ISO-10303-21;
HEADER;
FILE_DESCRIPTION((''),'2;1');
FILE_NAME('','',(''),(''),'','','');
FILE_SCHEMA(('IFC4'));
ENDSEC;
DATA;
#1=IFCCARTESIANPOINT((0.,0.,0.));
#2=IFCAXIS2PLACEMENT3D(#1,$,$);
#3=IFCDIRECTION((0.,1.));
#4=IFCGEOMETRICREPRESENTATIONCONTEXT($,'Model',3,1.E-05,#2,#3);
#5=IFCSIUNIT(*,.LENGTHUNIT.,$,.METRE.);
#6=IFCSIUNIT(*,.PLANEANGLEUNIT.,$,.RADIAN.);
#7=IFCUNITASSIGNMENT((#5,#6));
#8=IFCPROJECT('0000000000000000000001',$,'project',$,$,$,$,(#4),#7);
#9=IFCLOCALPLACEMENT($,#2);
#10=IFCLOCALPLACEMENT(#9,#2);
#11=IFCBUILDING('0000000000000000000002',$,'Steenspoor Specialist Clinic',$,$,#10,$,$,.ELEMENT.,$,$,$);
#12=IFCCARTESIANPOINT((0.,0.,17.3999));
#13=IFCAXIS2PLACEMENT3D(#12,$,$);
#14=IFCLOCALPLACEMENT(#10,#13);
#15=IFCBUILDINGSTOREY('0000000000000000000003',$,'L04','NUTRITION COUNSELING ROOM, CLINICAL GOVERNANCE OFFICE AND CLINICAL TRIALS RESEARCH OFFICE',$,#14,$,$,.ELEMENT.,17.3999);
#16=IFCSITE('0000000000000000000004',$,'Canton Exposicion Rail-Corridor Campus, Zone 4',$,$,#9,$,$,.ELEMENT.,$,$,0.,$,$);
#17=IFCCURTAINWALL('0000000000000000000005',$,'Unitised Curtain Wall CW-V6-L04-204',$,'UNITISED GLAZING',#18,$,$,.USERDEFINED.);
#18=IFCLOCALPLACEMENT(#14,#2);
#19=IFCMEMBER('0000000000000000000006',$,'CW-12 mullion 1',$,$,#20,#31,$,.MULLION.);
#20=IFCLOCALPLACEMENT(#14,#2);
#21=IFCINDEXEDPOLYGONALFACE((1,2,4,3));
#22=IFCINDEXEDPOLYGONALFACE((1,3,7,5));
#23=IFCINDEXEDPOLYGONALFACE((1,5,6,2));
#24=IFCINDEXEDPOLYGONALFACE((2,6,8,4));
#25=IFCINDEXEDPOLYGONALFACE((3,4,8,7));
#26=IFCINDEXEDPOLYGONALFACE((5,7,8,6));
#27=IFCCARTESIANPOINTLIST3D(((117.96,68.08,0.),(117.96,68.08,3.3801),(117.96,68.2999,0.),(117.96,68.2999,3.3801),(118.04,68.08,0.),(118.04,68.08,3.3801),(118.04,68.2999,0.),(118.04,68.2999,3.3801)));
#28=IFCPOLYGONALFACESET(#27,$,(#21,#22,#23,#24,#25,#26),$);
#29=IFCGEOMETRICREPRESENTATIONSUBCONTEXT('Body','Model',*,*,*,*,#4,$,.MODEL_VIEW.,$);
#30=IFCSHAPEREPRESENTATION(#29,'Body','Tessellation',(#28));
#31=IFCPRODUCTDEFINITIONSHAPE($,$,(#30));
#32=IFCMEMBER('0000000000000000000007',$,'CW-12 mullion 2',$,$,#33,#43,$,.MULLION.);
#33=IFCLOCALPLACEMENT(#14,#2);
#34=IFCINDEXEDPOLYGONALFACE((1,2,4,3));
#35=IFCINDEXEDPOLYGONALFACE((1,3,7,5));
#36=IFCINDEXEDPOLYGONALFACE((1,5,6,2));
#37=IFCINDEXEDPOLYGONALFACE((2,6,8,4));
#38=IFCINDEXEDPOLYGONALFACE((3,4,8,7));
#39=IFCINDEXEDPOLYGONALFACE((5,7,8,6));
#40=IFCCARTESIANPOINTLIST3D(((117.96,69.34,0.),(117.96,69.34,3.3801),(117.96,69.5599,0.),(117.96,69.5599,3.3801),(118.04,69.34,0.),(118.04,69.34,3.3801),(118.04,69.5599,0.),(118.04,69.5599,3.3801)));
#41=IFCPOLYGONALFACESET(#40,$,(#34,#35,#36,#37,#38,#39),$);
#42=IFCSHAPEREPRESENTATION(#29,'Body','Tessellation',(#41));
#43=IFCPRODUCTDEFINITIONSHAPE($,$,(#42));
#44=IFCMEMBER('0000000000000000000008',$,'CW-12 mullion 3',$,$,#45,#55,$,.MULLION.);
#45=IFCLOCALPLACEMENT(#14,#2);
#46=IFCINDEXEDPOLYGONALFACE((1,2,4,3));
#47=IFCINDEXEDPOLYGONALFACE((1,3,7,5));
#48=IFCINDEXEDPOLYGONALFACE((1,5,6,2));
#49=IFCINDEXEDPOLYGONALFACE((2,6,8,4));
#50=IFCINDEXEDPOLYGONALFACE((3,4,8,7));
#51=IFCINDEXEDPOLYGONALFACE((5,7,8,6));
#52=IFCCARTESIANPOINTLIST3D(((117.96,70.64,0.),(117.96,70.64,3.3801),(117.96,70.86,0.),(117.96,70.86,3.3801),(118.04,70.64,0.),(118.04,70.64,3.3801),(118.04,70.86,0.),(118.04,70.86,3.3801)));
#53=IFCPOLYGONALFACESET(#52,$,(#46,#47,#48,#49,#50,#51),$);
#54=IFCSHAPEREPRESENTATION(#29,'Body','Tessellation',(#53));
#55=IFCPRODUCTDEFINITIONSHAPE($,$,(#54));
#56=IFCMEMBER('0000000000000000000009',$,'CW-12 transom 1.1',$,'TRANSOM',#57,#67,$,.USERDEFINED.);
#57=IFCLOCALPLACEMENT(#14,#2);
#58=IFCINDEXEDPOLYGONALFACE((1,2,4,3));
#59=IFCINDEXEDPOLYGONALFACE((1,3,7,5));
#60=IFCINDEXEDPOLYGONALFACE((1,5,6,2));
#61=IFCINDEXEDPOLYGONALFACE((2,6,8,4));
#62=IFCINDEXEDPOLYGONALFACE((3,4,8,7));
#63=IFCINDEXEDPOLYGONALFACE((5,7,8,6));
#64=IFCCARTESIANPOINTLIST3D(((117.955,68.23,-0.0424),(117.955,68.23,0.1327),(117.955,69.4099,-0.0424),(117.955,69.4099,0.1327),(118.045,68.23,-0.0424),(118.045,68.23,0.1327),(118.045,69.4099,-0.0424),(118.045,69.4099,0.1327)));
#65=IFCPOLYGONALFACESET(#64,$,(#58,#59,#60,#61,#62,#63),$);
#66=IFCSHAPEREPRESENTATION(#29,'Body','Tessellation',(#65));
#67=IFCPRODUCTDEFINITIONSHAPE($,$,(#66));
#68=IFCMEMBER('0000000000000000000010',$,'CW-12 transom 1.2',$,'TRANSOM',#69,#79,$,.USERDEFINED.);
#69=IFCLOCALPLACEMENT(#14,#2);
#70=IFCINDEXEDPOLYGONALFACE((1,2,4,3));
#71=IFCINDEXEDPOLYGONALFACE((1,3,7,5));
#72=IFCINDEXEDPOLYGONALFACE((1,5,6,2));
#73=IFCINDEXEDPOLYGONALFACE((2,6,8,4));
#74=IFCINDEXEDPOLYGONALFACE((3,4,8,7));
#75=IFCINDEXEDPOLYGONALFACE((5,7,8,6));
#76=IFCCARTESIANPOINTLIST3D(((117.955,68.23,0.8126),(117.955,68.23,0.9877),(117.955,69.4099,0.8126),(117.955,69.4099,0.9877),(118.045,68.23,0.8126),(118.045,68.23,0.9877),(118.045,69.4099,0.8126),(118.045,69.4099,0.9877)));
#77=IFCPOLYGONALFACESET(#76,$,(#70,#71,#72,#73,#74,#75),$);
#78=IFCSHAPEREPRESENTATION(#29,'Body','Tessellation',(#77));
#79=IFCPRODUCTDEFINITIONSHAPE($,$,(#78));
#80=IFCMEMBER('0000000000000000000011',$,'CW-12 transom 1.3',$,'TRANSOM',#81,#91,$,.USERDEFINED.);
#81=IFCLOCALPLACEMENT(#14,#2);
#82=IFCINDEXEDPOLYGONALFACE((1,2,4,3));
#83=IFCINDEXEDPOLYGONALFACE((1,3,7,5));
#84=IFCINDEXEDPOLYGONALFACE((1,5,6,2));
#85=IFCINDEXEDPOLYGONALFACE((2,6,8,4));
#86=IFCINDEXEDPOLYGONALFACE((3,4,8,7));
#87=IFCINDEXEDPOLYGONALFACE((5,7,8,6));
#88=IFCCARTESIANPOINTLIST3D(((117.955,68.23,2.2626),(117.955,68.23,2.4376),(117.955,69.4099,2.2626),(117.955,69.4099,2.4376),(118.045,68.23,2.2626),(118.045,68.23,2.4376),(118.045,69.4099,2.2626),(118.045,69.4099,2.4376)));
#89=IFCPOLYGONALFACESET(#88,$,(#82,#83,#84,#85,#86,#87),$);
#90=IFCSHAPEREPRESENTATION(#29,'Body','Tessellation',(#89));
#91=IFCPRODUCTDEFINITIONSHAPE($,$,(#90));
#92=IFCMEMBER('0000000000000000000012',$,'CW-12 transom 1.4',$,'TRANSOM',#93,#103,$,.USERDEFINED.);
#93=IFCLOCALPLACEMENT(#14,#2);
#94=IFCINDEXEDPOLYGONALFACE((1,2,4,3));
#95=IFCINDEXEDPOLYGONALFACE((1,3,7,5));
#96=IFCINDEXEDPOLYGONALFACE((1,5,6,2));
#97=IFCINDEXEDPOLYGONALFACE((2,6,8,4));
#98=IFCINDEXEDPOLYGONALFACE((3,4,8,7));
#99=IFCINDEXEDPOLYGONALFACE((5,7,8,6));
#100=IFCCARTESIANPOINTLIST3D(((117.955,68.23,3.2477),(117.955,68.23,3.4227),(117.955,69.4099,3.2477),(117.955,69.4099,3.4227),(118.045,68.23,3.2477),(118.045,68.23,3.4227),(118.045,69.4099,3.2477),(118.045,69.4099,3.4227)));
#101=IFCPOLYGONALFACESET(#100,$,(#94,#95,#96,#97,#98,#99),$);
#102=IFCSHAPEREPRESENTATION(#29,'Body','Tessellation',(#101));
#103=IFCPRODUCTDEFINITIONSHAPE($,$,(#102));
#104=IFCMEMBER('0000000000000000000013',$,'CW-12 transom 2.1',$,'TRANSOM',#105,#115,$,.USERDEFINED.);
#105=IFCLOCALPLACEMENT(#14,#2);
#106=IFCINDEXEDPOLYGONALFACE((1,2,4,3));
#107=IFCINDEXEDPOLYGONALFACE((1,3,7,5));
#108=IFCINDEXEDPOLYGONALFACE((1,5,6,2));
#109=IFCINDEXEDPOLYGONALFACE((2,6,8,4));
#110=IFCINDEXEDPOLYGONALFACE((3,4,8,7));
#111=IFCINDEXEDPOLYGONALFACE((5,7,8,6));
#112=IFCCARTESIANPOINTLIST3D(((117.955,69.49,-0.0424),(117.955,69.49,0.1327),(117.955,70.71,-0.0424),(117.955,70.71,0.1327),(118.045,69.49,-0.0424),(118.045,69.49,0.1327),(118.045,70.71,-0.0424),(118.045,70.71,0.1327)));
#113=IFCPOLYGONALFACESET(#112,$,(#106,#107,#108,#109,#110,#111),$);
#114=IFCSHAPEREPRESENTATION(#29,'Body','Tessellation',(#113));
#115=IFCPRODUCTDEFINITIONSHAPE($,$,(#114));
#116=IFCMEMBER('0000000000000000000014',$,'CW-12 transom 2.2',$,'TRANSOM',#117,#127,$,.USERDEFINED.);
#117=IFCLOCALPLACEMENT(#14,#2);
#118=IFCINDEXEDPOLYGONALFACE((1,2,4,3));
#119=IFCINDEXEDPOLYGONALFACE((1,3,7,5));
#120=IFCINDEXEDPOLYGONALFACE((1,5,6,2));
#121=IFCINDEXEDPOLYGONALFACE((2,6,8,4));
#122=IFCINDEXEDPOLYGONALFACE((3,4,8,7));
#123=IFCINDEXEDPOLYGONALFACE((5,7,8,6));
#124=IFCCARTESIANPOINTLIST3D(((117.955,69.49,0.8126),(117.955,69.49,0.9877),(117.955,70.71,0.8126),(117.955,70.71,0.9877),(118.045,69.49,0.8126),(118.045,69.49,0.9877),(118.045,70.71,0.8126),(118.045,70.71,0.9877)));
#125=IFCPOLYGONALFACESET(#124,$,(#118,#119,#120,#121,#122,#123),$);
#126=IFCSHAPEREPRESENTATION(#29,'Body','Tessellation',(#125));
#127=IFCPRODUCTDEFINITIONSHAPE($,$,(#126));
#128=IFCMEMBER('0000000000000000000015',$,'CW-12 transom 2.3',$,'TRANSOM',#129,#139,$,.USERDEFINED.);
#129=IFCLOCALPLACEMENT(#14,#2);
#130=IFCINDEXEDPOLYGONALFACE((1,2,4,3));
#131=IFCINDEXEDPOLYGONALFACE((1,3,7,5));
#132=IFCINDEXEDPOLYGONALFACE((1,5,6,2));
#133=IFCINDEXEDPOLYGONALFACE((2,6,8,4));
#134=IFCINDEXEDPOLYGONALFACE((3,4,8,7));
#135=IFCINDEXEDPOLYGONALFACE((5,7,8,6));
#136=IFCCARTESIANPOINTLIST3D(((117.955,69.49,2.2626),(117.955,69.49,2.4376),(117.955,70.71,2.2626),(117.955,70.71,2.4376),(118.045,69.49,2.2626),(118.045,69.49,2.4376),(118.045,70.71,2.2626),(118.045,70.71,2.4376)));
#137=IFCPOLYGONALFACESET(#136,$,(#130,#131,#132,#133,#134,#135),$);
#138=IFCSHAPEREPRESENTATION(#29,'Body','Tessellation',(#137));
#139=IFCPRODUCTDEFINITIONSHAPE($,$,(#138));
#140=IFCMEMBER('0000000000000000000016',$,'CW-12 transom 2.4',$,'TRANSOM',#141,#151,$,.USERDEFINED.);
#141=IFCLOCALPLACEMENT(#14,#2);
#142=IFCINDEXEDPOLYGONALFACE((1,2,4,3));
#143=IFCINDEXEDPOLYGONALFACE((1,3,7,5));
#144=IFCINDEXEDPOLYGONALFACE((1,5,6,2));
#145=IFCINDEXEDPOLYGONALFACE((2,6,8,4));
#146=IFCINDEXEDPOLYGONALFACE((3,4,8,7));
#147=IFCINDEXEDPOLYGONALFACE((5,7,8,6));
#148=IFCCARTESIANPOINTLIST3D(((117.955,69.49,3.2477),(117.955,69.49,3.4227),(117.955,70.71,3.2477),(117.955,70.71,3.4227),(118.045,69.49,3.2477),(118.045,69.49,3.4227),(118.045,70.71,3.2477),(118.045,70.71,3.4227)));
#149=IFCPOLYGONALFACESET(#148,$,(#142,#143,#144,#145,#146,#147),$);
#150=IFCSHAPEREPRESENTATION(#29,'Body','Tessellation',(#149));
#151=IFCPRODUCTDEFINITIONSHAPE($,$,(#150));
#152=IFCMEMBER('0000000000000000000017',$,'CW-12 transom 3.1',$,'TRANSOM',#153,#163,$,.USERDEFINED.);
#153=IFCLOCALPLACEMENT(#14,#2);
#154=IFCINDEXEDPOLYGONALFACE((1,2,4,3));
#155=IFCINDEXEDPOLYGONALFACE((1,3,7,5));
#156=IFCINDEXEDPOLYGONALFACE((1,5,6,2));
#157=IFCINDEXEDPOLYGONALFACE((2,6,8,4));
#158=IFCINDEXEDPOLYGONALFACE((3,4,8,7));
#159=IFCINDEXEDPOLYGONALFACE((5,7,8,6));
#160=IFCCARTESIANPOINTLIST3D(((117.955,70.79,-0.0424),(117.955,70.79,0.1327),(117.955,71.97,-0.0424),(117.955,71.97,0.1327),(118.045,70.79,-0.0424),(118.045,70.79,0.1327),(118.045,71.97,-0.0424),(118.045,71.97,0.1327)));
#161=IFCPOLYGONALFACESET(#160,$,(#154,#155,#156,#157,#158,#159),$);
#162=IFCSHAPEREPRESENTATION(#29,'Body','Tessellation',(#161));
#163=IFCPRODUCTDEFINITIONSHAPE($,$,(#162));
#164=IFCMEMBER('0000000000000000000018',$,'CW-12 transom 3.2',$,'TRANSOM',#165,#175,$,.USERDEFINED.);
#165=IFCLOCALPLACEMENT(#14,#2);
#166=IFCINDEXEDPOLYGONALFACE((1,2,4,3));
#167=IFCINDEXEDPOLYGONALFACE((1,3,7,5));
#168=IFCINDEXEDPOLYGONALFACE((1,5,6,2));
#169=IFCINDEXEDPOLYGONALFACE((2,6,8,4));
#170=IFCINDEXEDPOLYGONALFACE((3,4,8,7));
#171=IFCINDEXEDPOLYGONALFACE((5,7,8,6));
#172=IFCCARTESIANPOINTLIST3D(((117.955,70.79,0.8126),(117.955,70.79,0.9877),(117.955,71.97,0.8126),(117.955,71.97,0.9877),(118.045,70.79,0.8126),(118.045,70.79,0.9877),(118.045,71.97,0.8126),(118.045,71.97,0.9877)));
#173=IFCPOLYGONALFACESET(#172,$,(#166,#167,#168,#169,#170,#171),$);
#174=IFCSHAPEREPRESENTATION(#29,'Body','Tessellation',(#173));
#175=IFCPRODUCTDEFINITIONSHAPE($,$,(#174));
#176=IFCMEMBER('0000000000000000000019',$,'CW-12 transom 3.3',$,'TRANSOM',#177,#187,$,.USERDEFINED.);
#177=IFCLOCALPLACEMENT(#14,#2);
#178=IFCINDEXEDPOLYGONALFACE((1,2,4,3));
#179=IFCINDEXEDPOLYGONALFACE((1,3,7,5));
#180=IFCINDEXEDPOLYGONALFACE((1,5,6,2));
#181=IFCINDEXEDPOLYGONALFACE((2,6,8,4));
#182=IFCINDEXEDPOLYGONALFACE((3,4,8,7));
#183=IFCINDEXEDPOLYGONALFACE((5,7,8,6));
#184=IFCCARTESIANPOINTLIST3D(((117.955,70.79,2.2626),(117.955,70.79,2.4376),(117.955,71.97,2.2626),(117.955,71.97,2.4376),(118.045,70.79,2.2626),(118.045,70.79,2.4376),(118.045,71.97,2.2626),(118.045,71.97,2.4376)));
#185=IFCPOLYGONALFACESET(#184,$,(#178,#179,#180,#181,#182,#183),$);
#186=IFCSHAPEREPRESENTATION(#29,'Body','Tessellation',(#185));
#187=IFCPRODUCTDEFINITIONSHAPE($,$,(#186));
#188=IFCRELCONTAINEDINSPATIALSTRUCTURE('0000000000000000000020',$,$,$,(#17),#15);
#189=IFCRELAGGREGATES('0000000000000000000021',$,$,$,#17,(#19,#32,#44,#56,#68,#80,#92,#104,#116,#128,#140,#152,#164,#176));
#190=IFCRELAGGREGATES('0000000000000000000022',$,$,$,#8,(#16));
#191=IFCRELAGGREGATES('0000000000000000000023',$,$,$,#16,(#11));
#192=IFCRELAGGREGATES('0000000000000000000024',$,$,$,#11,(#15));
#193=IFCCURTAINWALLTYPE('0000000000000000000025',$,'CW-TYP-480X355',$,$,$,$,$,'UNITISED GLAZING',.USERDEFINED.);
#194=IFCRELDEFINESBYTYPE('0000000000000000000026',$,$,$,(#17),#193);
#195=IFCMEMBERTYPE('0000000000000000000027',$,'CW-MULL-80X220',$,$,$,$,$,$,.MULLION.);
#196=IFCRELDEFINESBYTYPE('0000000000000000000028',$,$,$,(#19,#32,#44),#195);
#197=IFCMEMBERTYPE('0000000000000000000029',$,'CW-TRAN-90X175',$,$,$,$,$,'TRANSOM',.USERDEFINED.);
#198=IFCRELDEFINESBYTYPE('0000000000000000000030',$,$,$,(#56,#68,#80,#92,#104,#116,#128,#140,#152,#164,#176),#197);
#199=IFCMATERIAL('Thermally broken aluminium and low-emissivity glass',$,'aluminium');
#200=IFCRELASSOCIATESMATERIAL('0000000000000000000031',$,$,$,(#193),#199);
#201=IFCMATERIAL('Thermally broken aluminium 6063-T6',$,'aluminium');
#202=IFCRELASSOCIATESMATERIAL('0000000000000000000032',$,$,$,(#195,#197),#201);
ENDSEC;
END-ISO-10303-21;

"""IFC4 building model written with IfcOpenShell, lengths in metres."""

from ifc_helpers import new_model, si_unit, direction, frame, origin, origin_2d, place, context, subcontext, project, spatial, rectangle, extrude, material, material_profile, profile_set, type_object, element, aggregate, save


model = new_model("IFC4")

# Units and contexts
model_context = context("Model", 3, precision=1e-05, world=origin(), true_north=direction((0.0, 1.0)))
body_context = subcontext(model_context, "Body", "Model", "MODEL_VIEW")
ifc_project = project(units=[si_unit("LENGTHUNIT", "METRE"), si_unit("PLANEANGLEUNIT", "RADIAN")], contexts=[model_context])

# Site, building, storey
site_placement = place(None, origin())
site = spatial("IfcSite", under=ifc_project, at=site_placement, Name="Canton Exposicion Rail-Corridor Campus, Zone 4", CompositionType="ELEMENT", RefElevation=0.0)
building_placement = place(site_placement, origin())
building = spatial("IfcBuilding", under=site, at=building_placement, Name="Steenspoor Specialist Clinic", CompositionType="ELEMENT")
storey_placement = place(building_placement, frame((0.0, 0.0, 17.3999)))
storey = spatial("IfcBuildingStorey", under=building, at=storey_placement, Name="L04", Description="NUTRITION COUNSELING ROOM, CLINICAL GOVERNANCE OFFICE AND CLINICAL TRIALS RESEARCH OFFICE", CompositionType="ELEMENT", Elevation=17.3999)

# Curtain wall, members
ifc_material_1 = material(Name="Thermally broken aluminium and low-emissivity glass", Category="aluminium")
curtain_wall_type = type_object("IfcCurtainWallType", Name="CW-TYP-480X355", ElementType="UNITISED GLAZING", PredefinedType="USERDEFINED", material=ifc_material_1)
curtain_wall_placement = place(storey_placement, origin())
curtain_wall = element("IfcCurtainWall", 1, at=curtain_wall_placement, inside=storey, type_object=curtain_wall_type, Name="Unitised Curtain Wall CW-V6-L04-204", ObjectType="UNITISED GLAZING", PredefinedType="USERDEFINED")
ifc_material_2 = material(Name="Thermally broken aluminium 6063-T6", Category="aluminium")
ifc_material_profile_1 = material_profile(ifc_material_2, rectangle(XDim=0.0801, YDim=0.22, at=origin_2d()), Name="CWM-80X220")
ifc_profile_set_1 = profile_set([ifc_material_profile_1], Name="Thermally broken aluminium 6063-T6")
member_type_1 = type_object("IfcMemberType", Name="CW-MULL-80X220", PredefinedType="MULLION", material=ifc_profile_set_1)
member_1_placement = place(storey_placement, frame((118.0, 68.1899, 0.0), z_axis=(0.0, 0.0, 1.0), x_axis=(-1.0, 0.0, 0.0)))
member_1 = element("IfcMember", 2, at=member_1_placement, type_object=member_type_1, Name="CW-12 mullion 1", PredefinedType="MULLION", context=body_context, shape_type="SweptSolid", body=[
    extrude(rectangle(XDim=0.0801, YDim=0.22, at=origin_2d()), origin(), (0.0, 0.0, 1.0), 3.3801),
])
member_2_placement = place(storey_placement, frame((118.0, 69.45, 0.0), z_axis=(0.0, 0.0, 1.0), x_axis=(-1.0, 0.0, 0.0)))
member_2 = element("IfcMember", 3, at=member_2_placement, type_object=member_type_1, Name="CW-12 mullion 2", PredefinedType="MULLION", context=body_context, shape_type="SweptSolid", body=[
    extrude(rectangle(XDim=0.0801, YDim=0.22, at=origin_2d()), origin(), (0.0, 0.0, 1.0), 3.3801),
])
member_3_placement = place(storey_placement, frame((118.0, 70.75, 0.0), z_axis=(0.0, 0.0, 1.0), x_axis=(-1.0, 0.0, 0.0)))
member_3 = element("IfcMember", 4, at=member_3_placement, type_object=member_type_1, Name="CW-12 mullion 3", PredefinedType="MULLION", context=body_context, shape_type="SweptSolid", body=[
    extrude(rectangle(XDim=0.0801, YDim=0.22, at=origin_2d()), origin(), (0.0, 0.0, 1.0), 3.3801),
])
ifc_material_profile_2 = material_profile(ifc_material_2, rectangle(XDim=0.0901, YDim=0.175, at=origin_2d()), Name="CWT-90X175")
ifc_profile_set_2 = profile_set([ifc_material_profile_2], Name="Thermally broken aluminium 6063-T6")
member_type_2 = type_object("IfcMemberType", Name="CW-TRAN-90X175", ElementType="TRANSOM", PredefinedType="USERDEFINED", material=ifc_profile_set_2)
member_4_placement = place(storey_placement, frame((118.0, 68.23, 0.0452), z_axis=(0.0, 1.0, 0.0), x_axis=(-1.0, 0.0, 0.0)))
member_4 = element("IfcMember", 5, at=member_4_placement, type_object=member_type_2, Name="CW-12 transom 1.1", ObjectType="TRANSOM", PredefinedType="USERDEFINED", context=body_context, shape_type="SweptSolid", body=[
    extrude(rectangle(XDim=0.0901, YDim=0.175, at=origin_2d()), origin(), (0.0, 0.0, 1.0), 1.1799),
])
member_5_placement = place(storey_placement, frame((118.0, 68.23, 0.9001), z_axis=(0.0, 1.0, 0.0), x_axis=(-1.0, 0.0, 0.0)))
member_5 = element("IfcMember", 6, at=member_5_placement, type_object=member_type_2, Name="CW-12 transom 1.2", ObjectType="TRANSOM", PredefinedType="USERDEFINED", context=body_context, shape_type="SweptSolid", body=[
    extrude(rectangle(XDim=0.0901, YDim=0.175, at=origin_2d()), origin(), (0.0, 0.0, 1.0), 1.1799),
])
member_6_placement = place(storey_placement, frame((118.0, 68.23, 2.3501), z_axis=(0.0, 1.0, 0.0), x_axis=(-1.0, 0.0, 0.0)))
member_6 = element("IfcMember", 7, at=member_6_placement, type_object=member_type_2, Name="CW-12 transom 1.3", ObjectType="TRANSOM", PredefinedType="USERDEFINED", context=body_context, shape_type="SweptSolid", body=[
    extrude(rectangle(XDim=0.0901, YDim=0.175, at=origin_2d()), origin(), (0.0, 0.0, 1.0), 1.1799),
])
member_7_placement = place(storey_placement, frame((118.0, 68.23, 3.3352), z_axis=(0.0, 1.0, 0.0), x_axis=(-1.0, 0.0, 0.0)))
member_7 = element("IfcMember", 8, at=member_7_placement, type_object=member_type_2, Name="CW-12 transom 1.4", ObjectType="TRANSOM", PredefinedType="USERDEFINED", context=body_context, shape_type="SweptSolid", body=[
    extrude(rectangle(XDim=0.0901, YDim=0.175, at=origin_2d()), origin(), (0.0, 0.0, 1.0), 1.1799),
])
member_8_placement = place(storey_placement, frame((118.0, 69.49, 0.0452), z_axis=(0.0, 1.0, 0.0), x_axis=(-1.0, 0.0, 0.0)))
member_8 = element("IfcMember", 9, at=member_8_placement, type_object=member_type_2, Name="CW-12 transom 2.1", ObjectType="TRANSOM", PredefinedType="USERDEFINED", context=body_context, shape_type="SweptSolid", body=[
    extrude(rectangle(XDim=0.0901, YDim=0.175, at=origin_2d()), origin(), (0.0, 0.0, 1.0), 1.22),
])
member_9_placement = place(storey_placement, frame((118.0, 69.49, 0.9001), z_axis=(0.0, 1.0, 0.0), x_axis=(-1.0, 0.0, 0.0)))
member_9 = element("IfcMember", 10, at=member_9_placement, type_object=member_type_2, Name="CW-12 transom 2.2", ObjectType="TRANSOM", PredefinedType="USERDEFINED", context=body_context, shape_type="SweptSolid", body=[
    extrude(rectangle(XDim=0.0901, YDim=0.175, at=origin_2d()), origin(), (0.0, 0.0, 1.0), 1.22),
])
member_10_placement = place(storey_placement, frame((118.0, 69.49, 2.3501), z_axis=(0.0, 1.0, 0.0), x_axis=(-1.0, 0.0, 0.0)))
member_10 = element("IfcMember", 11, at=member_10_placement, type_object=member_type_2, Name="CW-12 transom 2.3", ObjectType="TRANSOM", PredefinedType="USERDEFINED", context=body_context, shape_type="SweptSolid", body=[
    extrude(rectangle(XDim=0.0901, YDim=0.175, at=origin_2d()), origin(), (0.0, 0.0, 1.0), 1.22),
])
member_11_placement = place(storey_placement, frame((118.0, 69.49, 3.3352), z_axis=(0.0, 1.0, 0.0), x_axis=(-1.0, 0.0, 0.0)))
member_11 = element("IfcMember", 12, at=member_11_placement, type_object=member_type_2, Name="CW-12 transom 2.4", ObjectType="TRANSOM", PredefinedType="USERDEFINED", context=body_context, shape_type="SweptSolid", body=[
    extrude(rectangle(XDim=0.0901, YDim=0.175, at=origin_2d()), origin(), (0.0, 0.0, 1.0), 1.22),
])
member_12_placement = place(storey_placement, frame((118.0, 70.79, 0.0452), z_axis=(0.0, 1.0, 0.0), x_axis=(-1.0, 0.0, 0.0)))
member_12 = element("IfcMember", 13, at=member_12_placement, type_object=member_type_2, Name="CW-12 transom 3.1", ObjectType="TRANSOM", PredefinedType="USERDEFINED", context=body_context, shape_type="SweptSolid", body=[
    extrude(rectangle(XDim=0.0901, YDim=0.175, at=origin_2d()), origin(), (0.0, 0.0, 1.0), 1.1799),
])
member_13_placement = place(storey_placement, frame((118.0, 70.79, 0.9001), z_axis=(0.0, 1.0, 0.0), x_axis=(-1.0, 0.0, 0.0)))
member_13 = element("IfcMember", 14, at=member_13_placement, type_object=member_type_2, Name="CW-12 transom 3.2", ObjectType="TRANSOM", PredefinedType="USERDEFINED", context=body_context, shape_type="SweptSolid", body=[
    extrude(rectangle(XDim=0.0901, YDim=0.175, at=origin_2d()), origin(), (0.0, 0.0, 1.0), 1.1799),
])
member_14_placement = place(storey_placement, frame((118.0, 70.79, 2.3501), z_axis=(0.0, 1.0, 0.0), x_axis=(-1.0, 0.0, 0.0)))
member_14 = element("IfcMember", 15, at=member_14_placement, type_object=member_type_2, Name="CW-12 transom 3.3", ObjectType="TRANSOM", PredefinedType="USERDEFINED", context=body_context, shape_type="SweptSolid", body=[
    extrude(rectangle(XDim=0.0901, YDim=0.175, at=origin_2d()), origin(), (0.0, 0.0, 1.0), 1.1799),
])

aggregate(curtain_wall, [member_1, member_2, member_3, member_4, member_5, member_6, member_7, member_8, member_9, member_10, member_11, member_12, member_13, member_14])

save(model, "model.ifc")
